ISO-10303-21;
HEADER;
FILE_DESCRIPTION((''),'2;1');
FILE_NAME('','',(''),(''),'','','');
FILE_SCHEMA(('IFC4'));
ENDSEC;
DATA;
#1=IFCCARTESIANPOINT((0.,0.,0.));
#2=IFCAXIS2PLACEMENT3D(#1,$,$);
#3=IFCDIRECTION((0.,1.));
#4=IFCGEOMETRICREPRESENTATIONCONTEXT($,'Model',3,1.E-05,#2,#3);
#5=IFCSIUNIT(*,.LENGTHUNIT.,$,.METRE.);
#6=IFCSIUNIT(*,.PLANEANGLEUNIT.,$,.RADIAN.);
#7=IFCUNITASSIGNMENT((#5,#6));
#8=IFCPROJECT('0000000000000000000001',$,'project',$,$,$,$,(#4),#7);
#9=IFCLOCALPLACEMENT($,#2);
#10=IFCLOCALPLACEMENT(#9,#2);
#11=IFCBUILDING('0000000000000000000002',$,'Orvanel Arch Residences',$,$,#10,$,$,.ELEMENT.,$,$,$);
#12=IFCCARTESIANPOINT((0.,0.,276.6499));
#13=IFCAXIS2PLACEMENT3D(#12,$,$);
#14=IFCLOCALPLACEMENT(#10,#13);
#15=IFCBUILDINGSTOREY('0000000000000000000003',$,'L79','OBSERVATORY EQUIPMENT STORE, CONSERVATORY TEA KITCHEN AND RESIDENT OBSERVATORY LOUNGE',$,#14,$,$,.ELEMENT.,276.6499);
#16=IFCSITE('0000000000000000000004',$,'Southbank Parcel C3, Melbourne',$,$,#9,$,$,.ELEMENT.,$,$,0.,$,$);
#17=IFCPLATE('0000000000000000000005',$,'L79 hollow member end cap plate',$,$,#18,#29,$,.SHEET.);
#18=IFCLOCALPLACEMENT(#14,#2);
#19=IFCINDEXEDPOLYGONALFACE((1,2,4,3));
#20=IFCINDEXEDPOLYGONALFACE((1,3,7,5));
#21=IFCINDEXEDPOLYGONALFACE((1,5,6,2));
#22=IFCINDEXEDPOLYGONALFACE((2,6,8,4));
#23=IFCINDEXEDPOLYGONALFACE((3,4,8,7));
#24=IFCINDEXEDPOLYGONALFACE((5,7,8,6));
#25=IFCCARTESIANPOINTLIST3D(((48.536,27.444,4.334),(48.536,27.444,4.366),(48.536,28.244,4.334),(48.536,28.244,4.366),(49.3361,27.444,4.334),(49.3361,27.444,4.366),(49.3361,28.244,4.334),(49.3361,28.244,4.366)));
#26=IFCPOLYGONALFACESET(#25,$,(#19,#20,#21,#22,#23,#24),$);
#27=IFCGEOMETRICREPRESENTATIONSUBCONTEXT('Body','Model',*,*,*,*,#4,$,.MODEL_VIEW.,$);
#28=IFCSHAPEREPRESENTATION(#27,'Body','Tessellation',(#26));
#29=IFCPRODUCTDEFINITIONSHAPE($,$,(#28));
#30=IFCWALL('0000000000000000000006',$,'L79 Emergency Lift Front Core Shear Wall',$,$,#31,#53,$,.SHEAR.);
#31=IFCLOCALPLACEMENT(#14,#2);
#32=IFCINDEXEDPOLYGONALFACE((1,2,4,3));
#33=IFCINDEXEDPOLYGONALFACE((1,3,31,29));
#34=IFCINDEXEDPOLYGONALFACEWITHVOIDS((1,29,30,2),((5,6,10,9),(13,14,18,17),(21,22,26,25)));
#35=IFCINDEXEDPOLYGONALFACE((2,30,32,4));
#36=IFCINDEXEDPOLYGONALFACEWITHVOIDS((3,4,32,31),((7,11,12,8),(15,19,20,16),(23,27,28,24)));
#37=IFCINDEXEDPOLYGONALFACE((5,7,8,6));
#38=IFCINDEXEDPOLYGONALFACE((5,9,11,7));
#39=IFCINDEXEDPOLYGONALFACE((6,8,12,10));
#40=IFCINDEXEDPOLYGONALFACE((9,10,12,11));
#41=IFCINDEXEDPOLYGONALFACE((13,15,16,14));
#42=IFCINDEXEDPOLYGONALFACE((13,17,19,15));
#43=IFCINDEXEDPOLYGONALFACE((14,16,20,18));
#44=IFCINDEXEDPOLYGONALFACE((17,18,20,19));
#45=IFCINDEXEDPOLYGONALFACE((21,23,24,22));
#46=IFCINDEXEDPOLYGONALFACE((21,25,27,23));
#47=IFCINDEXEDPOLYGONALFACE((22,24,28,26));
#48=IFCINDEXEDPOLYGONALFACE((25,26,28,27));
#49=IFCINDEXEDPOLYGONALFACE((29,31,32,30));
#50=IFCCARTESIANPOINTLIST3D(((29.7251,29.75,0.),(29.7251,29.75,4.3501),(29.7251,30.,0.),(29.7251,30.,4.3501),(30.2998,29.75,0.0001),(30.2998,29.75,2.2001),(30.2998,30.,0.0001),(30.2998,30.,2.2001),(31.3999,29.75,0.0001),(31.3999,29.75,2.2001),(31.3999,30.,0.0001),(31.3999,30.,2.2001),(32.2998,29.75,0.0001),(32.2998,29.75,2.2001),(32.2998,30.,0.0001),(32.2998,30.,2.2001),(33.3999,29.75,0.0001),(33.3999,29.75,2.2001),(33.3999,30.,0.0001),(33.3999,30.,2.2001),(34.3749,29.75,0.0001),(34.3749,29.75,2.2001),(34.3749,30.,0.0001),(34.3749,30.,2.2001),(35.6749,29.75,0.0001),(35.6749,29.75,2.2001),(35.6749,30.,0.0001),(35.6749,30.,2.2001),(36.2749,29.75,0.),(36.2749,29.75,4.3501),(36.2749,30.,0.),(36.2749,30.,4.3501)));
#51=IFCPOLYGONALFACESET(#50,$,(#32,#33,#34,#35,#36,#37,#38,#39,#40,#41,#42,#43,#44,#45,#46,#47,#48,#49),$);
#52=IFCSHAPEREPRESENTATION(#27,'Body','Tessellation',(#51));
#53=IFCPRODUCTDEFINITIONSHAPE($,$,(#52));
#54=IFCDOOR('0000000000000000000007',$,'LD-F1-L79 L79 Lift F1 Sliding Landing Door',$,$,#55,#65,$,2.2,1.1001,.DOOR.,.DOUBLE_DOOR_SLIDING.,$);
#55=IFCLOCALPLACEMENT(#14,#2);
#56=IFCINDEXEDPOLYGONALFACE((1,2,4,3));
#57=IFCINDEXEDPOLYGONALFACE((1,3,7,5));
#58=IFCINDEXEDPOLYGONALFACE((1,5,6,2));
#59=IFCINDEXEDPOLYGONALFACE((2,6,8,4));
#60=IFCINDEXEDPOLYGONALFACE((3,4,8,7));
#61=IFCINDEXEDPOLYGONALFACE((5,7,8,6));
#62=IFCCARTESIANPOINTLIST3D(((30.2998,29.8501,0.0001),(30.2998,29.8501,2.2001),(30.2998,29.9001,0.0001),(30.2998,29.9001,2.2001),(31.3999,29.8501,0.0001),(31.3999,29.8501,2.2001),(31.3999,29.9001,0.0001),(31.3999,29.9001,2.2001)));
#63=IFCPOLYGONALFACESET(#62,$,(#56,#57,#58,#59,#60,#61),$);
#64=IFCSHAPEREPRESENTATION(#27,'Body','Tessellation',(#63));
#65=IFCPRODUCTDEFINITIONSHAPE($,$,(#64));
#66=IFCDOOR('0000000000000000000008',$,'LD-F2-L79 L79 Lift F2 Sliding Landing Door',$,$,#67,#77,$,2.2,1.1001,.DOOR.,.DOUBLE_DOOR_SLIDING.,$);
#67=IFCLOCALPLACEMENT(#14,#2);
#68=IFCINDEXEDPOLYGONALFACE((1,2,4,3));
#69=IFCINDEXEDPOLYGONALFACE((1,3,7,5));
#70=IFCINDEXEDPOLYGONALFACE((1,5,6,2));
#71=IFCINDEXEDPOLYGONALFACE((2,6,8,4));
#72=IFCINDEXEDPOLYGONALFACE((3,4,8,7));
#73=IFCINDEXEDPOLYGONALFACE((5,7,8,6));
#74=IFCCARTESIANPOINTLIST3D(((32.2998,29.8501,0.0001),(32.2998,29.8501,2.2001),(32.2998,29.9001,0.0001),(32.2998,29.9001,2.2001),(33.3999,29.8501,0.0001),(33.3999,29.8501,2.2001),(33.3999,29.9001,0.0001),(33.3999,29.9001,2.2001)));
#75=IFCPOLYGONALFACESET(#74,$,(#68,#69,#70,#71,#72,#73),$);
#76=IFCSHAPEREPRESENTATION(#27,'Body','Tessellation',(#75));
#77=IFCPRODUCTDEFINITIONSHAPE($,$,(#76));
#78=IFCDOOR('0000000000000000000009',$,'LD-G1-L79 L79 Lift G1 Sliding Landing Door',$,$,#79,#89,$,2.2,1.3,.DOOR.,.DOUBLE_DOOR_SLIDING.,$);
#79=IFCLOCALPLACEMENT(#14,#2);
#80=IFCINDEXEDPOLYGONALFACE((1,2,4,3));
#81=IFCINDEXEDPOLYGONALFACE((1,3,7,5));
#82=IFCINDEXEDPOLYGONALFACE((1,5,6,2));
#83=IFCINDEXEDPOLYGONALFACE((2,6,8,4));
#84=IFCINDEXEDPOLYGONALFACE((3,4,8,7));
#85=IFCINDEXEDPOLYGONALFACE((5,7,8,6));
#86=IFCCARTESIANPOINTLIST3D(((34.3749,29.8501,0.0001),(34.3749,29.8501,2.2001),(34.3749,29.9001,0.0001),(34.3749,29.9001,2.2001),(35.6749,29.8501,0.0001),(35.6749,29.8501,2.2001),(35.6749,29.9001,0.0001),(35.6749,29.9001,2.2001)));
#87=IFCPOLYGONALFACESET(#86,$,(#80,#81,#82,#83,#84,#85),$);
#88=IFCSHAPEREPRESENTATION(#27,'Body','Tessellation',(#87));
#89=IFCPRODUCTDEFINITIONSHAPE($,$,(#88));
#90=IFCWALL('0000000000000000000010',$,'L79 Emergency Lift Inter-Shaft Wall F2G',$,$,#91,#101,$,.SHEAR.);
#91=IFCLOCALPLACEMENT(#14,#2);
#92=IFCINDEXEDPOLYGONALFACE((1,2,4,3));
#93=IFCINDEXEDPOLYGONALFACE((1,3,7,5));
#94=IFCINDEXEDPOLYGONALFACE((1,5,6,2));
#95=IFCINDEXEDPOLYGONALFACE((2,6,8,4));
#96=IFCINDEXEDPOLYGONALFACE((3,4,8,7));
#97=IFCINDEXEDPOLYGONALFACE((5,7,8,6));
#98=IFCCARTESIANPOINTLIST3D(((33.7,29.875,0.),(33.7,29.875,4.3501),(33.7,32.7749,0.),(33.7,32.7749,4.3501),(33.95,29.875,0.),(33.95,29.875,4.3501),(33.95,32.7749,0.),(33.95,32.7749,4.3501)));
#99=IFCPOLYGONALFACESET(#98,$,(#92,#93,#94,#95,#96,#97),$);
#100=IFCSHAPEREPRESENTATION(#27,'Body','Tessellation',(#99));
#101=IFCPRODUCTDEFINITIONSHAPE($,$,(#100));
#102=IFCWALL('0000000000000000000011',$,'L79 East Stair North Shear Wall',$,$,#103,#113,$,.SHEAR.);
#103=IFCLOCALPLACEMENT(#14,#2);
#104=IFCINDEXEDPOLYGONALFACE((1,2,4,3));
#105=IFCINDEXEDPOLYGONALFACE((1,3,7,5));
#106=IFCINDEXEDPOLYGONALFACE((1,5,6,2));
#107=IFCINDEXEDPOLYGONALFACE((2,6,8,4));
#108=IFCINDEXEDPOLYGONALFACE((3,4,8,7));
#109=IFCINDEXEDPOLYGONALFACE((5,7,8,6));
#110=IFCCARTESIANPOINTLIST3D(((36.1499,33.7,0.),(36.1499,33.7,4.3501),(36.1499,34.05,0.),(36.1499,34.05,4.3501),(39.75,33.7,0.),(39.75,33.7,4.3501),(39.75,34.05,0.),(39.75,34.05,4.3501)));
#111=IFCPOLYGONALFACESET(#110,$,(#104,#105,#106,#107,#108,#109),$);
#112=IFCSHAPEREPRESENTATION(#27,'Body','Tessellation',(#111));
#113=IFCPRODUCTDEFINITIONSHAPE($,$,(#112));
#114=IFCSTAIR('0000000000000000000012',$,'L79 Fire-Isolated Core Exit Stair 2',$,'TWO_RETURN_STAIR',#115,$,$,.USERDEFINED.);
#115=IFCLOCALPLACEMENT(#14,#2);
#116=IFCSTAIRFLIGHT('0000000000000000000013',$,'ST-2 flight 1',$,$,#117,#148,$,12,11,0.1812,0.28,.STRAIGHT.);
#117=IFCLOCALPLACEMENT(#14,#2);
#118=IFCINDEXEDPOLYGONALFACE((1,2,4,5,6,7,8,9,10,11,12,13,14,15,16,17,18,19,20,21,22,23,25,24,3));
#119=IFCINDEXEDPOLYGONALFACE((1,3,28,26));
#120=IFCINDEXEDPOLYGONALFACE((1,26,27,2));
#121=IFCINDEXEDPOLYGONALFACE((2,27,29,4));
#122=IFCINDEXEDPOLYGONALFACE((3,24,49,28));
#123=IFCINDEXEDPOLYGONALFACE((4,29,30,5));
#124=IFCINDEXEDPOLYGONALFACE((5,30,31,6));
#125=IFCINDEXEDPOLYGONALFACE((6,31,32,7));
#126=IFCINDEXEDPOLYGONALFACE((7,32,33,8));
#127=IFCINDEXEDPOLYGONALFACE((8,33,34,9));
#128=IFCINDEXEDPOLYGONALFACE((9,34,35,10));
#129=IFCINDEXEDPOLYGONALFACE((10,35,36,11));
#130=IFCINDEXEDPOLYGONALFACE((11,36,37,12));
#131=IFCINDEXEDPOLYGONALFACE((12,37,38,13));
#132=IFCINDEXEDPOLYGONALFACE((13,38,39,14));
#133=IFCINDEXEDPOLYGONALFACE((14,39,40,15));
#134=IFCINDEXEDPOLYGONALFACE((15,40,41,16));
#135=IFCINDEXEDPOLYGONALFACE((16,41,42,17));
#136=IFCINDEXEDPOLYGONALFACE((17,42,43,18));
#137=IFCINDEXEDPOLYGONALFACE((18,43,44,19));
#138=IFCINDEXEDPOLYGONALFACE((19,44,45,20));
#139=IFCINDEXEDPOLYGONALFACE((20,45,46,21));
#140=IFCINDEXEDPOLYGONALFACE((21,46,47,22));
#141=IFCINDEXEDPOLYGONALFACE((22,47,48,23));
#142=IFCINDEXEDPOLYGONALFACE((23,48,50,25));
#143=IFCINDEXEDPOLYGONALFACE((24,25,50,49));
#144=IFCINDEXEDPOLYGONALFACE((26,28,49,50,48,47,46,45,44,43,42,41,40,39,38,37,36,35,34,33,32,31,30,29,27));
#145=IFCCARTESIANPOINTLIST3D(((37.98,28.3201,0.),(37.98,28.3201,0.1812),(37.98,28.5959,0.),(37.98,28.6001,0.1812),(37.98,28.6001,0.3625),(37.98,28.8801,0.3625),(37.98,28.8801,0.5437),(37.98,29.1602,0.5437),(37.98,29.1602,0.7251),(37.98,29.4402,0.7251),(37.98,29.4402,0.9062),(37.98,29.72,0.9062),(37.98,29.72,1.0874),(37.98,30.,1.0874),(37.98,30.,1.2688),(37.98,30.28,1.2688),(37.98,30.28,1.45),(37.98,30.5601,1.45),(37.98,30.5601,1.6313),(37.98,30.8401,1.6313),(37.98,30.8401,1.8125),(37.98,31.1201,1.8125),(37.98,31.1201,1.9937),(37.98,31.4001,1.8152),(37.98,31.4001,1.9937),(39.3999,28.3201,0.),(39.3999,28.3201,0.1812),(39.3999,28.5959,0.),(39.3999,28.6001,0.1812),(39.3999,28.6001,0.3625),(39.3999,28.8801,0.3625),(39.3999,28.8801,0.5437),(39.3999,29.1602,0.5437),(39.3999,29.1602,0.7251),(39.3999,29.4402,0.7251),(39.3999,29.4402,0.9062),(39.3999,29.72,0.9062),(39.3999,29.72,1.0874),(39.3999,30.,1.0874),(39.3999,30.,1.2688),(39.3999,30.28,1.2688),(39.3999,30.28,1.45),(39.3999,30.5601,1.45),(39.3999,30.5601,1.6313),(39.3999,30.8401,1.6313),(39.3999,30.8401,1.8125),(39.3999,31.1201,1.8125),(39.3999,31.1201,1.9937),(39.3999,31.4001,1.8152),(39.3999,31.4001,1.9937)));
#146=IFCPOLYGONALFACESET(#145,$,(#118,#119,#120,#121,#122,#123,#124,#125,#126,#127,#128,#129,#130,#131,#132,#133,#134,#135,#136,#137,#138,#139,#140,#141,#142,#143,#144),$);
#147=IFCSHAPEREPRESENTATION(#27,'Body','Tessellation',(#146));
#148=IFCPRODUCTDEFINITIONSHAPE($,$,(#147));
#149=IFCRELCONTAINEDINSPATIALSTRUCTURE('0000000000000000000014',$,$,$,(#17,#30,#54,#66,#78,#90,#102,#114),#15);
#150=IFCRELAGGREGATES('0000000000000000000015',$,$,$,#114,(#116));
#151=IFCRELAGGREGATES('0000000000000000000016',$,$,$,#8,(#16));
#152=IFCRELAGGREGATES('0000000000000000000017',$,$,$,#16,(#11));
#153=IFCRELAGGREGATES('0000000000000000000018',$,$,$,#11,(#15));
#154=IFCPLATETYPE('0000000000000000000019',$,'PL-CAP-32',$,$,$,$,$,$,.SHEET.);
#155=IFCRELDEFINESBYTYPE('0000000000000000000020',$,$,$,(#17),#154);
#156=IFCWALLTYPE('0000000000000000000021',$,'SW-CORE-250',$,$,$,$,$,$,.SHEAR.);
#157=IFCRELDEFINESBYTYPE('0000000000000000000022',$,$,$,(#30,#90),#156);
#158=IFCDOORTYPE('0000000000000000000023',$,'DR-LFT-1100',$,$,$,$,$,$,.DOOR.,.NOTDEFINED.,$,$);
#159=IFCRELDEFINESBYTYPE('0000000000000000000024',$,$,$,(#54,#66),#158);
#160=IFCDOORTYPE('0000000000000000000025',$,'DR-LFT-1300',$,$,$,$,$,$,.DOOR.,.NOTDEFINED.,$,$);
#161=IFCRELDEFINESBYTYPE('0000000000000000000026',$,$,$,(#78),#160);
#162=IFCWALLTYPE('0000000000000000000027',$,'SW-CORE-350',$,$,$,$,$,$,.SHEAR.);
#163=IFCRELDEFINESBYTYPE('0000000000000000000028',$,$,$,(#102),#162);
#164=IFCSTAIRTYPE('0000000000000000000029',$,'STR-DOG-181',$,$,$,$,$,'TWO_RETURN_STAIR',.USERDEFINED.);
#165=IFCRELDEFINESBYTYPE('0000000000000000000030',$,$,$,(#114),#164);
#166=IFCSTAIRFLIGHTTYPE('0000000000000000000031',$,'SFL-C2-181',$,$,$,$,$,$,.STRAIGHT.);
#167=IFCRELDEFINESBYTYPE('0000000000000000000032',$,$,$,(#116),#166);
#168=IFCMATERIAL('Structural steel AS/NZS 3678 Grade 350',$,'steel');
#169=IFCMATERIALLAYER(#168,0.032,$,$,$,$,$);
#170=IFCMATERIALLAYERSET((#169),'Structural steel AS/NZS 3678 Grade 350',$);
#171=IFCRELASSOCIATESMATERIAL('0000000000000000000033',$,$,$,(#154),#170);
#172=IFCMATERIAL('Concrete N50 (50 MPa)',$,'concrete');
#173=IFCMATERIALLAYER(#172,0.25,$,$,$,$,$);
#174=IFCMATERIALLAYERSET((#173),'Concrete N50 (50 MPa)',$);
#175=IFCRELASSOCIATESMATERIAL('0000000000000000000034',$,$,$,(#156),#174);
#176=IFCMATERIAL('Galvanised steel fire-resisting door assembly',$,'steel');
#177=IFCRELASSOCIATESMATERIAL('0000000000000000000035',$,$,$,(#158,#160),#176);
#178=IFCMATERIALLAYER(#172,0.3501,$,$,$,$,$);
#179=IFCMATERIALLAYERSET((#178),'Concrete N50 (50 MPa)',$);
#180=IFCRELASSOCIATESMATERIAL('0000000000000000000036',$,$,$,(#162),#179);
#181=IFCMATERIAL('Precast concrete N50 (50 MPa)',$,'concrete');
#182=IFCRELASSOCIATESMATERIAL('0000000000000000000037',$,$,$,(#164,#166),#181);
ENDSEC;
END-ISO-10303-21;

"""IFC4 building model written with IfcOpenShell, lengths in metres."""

from ifc_helpers import new_model, si_unit, direction, frame, frame_2d, origin, origin_2d, place, context, subcontext, project, spatial, polyline, rectangle, outline, extrude, material, layer, layer_set, type_object, element, fill, aggregate, save


model = new_model("IFC4")

# Units and contexts
model_context = context("Model", 3, precision=1e-05, world=origin(), true_north=direction((0.0, 1.0)))
body_context = subcontext(model_context, "Body", "Model", "MODEL_VIEW")
ifc_project = project(units=[si_unit("LENGTHUNIT", "METRE"), si_unit("PLANEANGLEUNIT", "RADIAN")], contexts=[model_context])

# Site, building, storey
site_placement = place(None, origin())
site = spatial("IfcSite", under=ifc_project, at=site_placement, Name="Southbank Parcel C3, Melbourne", CompositionType="ELEMENT", RefElevation=0.0)
building_placement = place(site_placement, origin())
building = spatial("IfcBuilding", under=site, at=building_placement, Name="Orvanel Arch Residences", CompositionType="ELEMENT")
storey_placement = place(building_placement, frame((0.0, 0.0, 276.6499)))
storey = spatial("IfcBuildingStorey", under=building, at=storey_placement, Name="L79", Description="OBSERVATORY EQUIPMENT STORE, CONSERVATORY TEA KITCHEN AND RESIDENT OBSERVATORY LOUNGE", CompositionType="ELEMENT", Elevation=276.6499)

# Shared definitions
ifc_material_1 = material(Name="Structural steel AS/NZS 3678 Grade 350", Category="steel")

# Plate
ifc_layer_1 = layer(ifc_material_1, 0.032)
ifc_layer_set_1 = layer_set([ifc_layer_1], Name="Structural steel AS/NZS 3678 Grade 350")
plate_type = type_object("IfcPlateType", Name="PL-CAP-32", PredefinedType="SHEET", material=ifc_layer_set_1)
plate_placement = place(storey_placement, frame((48.936, 27.844, 4.334), z_axis=(0.0, 0.0, 1.0), x_axis=(1.0, 0.0, 0.0)))
element("IfcPlate", 1, at=plate_placement, inside=storey, type_object=plate_type, Name="L79 hollow member end cap plate", PredefinedType="SHEET", context=body_context, shape_type="SweptSolid", body=[
    extrude(rectangle(XDim=0.8, YDim=0.8, at=origin_2d()), origin(), (0.0, 0.0, 1.0), 0.032),
])

# Wall, openings, doors
ifc_material_2 = material(Name="Concrete N50 (50 MPa)", Category="concrete")
ifc_layer_2 = layer(ifc_material_2, 0.25)
ifc_layer_set_2 = layer_set([ifc_layer_2], Name="Concrete N50 (50 MPa)")
wall_type_1 = type_object("IfcWallType", Name="SW-CORE-250", PredefinedType="SHEAR", material=ifc_layer_set_2)
wall_1_placement = place(storey_placement, frame((36.2749, 29.875, 0.0), z_axis=(0.0, 0.0, 1.0), x_axis=(-1.0, 0.0, 0.0)))
wall_1 = element("IfcWall", 2, at=wall_1_placement, inside=storey, type_object=wall_type_1, Name="L79 Emergency Lift Front Core Shear Wall", PredefinedType="SHEAR", context=body_context, shape_type="SweptSolid", body=[
    extrude(rectangle(XDim=6.5498, YDim=0.25, at=frame_2d((3.2749, 0.0))), origin(), (0.0, 0.0, 1.0), 4.3501),
])
opening_1_placement = place(wall_1_placement, frame((4.875, 0.0, 0.0)))
opening_1 = element("IfcOpeningElement", 3, at=opening_1_placement, cuts=wall_1, PredefinedType="OPENING", context=body_context, shape_type="SweptSolid", body=[
    extrude(rectangle(XDim=1.1001, YDim=2.2, at=frame_2d((0.55, 1.1001))), frame((0.0, 0.135, 0.0), z_axis=(0.0, -1.0, 0.0), x_axis=(1.0, 0.0, 0.0)), (0.0, 0.0, 1.0), 0.27),
])
opening_2_placement = place(wall_1_placement, frame((2.875, 0.0, 0.0)))
opening_2 = element("IfcOpeningElement", 4, at=opening_2_placement, cuts=wall_1, PredefinedType="OPENING", context=body_context, shape_type="SweptSolid", body=[
    extrude(rectangle(XDim=1.1001, YDim=2.2, at=frame_2d((0.55, 1.1001))), frame((0.0, 0.135, 0.0), z_axis=(0.0, -1.0, 0.0), x_axis=(1.0, 0.0, 0.0)), (0.0, 0.0, 1.0), 0.27),
])
opening_3_placement = place(wall_1_placement, frame((0.6001, 0.0, 0.0)))
opening_3 = element("IfcOpeningElement", 5, at=opening_3_placement, cuts=wall_1, PredefinedType="OPENING", context=body_context, shape_type="SweptSolid", body=[
    extrude(rectangle(XDim=1.3, YDim=2.2, at=frame_2d((0.6499, 1.1001))), frame((0.0, 0.135, 0.0), z_axis=(0.0, -1.0, 0.0), x_axis=(1.0, 0.0, 0.0)), (0.0, 0.0, 1.0), 0.27),
])
ifc_material_3 = material(Name="Galvanised steel fire-resisting door assembly", Category="steel")
door_type_1 = type_object("IfcDoorType", Name="DR-LFT-1100", OperationType="NOTDEFINED", PredefinedType="DOOR", material=ifc_material_3)
door_1_placement = place(opening_1_placement, origin())
door_1 = element("IfcDoor", 6, at=door_1_placement, inside=storey, type_object=door_type_1, Name="LD-F1-L79 L79 Lift F1 Sliding Landing Door", OperationType="DOUBLE_DOOR_SLIDING", OverallHeight=2.2, OverallWidth=1.1001, PredefinedType="DOOR", context=body_context, shape_type="SweptSolid", body=[
    extrude(rectangle(XDim=1.1001, YDim=2.2, at=frame_2d((0.55, 1.1001))), frame((0.0, 0.0249, 0.0), z_axis=(0.0, -1.0, 0.0), x_axis=(1.0, 0.0, 0.0)), (0.0, 0.0, 1.0), 0.05),
])
fill(opening_1, door_1)
door_2_placement = place(opening_2_placement, origin())
door_2 = element("IfcDoor", 7, at=door_2_placement, inside=storey, type_object=door_type_1, Name="LD-F2-L79 L79 Lift F2 Sliding Landing Door", OperationType="DOUBLE_DOOR_SLIDING", OverallHeight=2.2, OverallWidth=1.1001, PredefinedType="DOOR", context=body_context, shape_type="SweptSolid", body=[
    extrude(rectangle(XDim=1.1001, YDim=2.2, at=frame_2d((0.55, 1.1001))), frame((0.0, 0.0249, 0.0), z_axis=(0.0, -1.0, 0.0), x_axis=(1.0, 0.0, 0.0)), (0.0, 0.0, 1.0), 0.05),
])
fill(opening_2, door_2)
door_type_2 = type_object("IfcDoorType", Name="DR-LFT-1300", OperationType="NOTDEFINED", PredefinedType="DOOR", material=ifc_material_3)
door_3_placement = place(opening_3_placement, origin())
door_3 = element("IfcDoor", 8, at=door_3_placement, inside=storey, type_object=door_type_2, Name="LD-G1-L79 L79 Lift G1 Sliding Landing Door", OperationType="DOUBLE_DOOR_SLIDING", OverallHeight=2.2, OverallWidth=1.3, PredefinedType="DOOR", context=body_context, shape_type="SweptSolid", body=[
    extrude(rectangle(XDim=1.3, YDim=2.2, at=frame_2d((0.6499, 1.1001))), frame((0.0, 0.0249, 0.0), z_axis=(0.0, -1.0, 0.0), x_axis=(1.0, 0.0, 0.0)), (0.0, 0.0, 1.0), 0.05),
])
fill(opening_3, door_3)

# Walls
wall_2_placement = place(storey_placement, frame((33.825, 29.875, 0.0), z_axis=(0.0, 0.0, 1.0), x_axis=(0.0, 1.0, 0.0)))
element("IfcWall", 9, at=wall_2_placement, inside=storey, type_object=wall_type_1, Name="L79 Emergency Lift Inter-Shaft Wall F2G", PredefinedType="SHEAR", context=body_context, shape_type="SweptSolid", body=[
    extrude(rectangle(XDim=2.8999, YDim=0.25, at=frame_2d((1.45, 0.0))), origin(), (0.0, 0.0, 1.0), 4.3501),
])
ifc_layer_3 = layer(ifc_material_2, 0.3501)
ifc_layer_set_3 = layer_set([ifc_layer_3], Name="Concrete N50 (50 MPa)")
wall_type_2 = type_object("IfcWallType", Name="SW-CORE-350", PredefinedType="SHEAR", material=ifc_layer_set_3)
wall_3_placement = place(storey_placement, frame((36.1499, 33.875, 0.0), z_axis=(0.0, 0.0, 1.0), x_axis=(1.0, 0.0, 0.0)))
element("IfcWall", 10, at=wall_3_placement, inside=storey, type_object=wall_type_2, Name="L79 East Stair North Shear Wall", PredefinedType="SHEAR", context=body_context, shape_type="SweptSolid", body=[
    extrude(rectangle(XDim=3.6001, YDim=0.3501, at=frame_2d((1.8, 0.0))), origin(), (0.0, 0.0, 1.0), 4.3501),
])

# Stair, stair flight
ifc_material_4 = material(Name="Precast concrete N50 (50 MPa)", Category="concrete")
stair_type = type_object("IfcStairType", Name="STR-DOG-181", ElementType="TWO_RETURN_STAIR", PredefinedType="USERDEFINED", material=ifc_material_4)
stair_placement = place(storey_placement, origin())
stair = element("IfcStair", 11, at=stair_placement, inside=storey, type_object=stair_type, Name="L79 Fire-Isolated Core Exit Stair 2", ObjectType="TWO_RETURN_STAIR", PredefinedType="USERDEFINED")
stair_flight_type = type_object("IfcStairFlightType", Name="SFL-C2-181", PredefinedType="STRAIGHT", material=ifc_material_4)
stair_flight_1_placement = place(storey_placement, frame((38.6899, 28.3201, 0.0), z_axis=(0.0, 0.0, 1.0), x_axis=(0.0, 1.0, 0.0)))
stair_flight_1 = element("IfcStairFlight", 12, at=stair_flight_1_placement, type_object=stair_flight_type, Name="ST-2 flight 1", NumberOfRisers=12, NumberOfTreads=11, PredefinedType="STRAIGHT", RiserHeight=0.1812, TreadLength=0.28, context=body_context, shape_type="SweptSolid", body=[
    extrude(outline(polyline([(0.0, 0.0), (0.0, 0.1812), (0.28, 0.1812), (0.28, 0.3625), (0.5601, 0.3625), (0.5601, 0.5437), (0.8401, 0.5437), (0.8401, 0.7251), (1.1201, 0.7251), (1.1201, 0.9062), (1.3999, 0.9062), (1.3999, 1.0874), (1.6799, 1.0874), (1.6799, 1.2688), (1.96, 1.2688), (1.96, 1.45), (2.24, 1.45), (2.24, 1.6313), (2.52, 1.6313), (2.52, 1.8125), (2.8, 1.8125), (2.8, 1.9937), (3.0801, 1.9937), (3.0801, 2.175), (3.0801, 1.8152), (0.2759, 0.0), (0.0, 0.0)])), frame((0.0, 0.71, 0.0), z_axis=(0.0, -1.0, 0.0), x_axis=(1.0, 0.0, 0.0)), (0.0, 0.0, 1.0), 1.4199),
])
aggregate(stair, [stair_flight_1])

save(model, "model.ifc")
